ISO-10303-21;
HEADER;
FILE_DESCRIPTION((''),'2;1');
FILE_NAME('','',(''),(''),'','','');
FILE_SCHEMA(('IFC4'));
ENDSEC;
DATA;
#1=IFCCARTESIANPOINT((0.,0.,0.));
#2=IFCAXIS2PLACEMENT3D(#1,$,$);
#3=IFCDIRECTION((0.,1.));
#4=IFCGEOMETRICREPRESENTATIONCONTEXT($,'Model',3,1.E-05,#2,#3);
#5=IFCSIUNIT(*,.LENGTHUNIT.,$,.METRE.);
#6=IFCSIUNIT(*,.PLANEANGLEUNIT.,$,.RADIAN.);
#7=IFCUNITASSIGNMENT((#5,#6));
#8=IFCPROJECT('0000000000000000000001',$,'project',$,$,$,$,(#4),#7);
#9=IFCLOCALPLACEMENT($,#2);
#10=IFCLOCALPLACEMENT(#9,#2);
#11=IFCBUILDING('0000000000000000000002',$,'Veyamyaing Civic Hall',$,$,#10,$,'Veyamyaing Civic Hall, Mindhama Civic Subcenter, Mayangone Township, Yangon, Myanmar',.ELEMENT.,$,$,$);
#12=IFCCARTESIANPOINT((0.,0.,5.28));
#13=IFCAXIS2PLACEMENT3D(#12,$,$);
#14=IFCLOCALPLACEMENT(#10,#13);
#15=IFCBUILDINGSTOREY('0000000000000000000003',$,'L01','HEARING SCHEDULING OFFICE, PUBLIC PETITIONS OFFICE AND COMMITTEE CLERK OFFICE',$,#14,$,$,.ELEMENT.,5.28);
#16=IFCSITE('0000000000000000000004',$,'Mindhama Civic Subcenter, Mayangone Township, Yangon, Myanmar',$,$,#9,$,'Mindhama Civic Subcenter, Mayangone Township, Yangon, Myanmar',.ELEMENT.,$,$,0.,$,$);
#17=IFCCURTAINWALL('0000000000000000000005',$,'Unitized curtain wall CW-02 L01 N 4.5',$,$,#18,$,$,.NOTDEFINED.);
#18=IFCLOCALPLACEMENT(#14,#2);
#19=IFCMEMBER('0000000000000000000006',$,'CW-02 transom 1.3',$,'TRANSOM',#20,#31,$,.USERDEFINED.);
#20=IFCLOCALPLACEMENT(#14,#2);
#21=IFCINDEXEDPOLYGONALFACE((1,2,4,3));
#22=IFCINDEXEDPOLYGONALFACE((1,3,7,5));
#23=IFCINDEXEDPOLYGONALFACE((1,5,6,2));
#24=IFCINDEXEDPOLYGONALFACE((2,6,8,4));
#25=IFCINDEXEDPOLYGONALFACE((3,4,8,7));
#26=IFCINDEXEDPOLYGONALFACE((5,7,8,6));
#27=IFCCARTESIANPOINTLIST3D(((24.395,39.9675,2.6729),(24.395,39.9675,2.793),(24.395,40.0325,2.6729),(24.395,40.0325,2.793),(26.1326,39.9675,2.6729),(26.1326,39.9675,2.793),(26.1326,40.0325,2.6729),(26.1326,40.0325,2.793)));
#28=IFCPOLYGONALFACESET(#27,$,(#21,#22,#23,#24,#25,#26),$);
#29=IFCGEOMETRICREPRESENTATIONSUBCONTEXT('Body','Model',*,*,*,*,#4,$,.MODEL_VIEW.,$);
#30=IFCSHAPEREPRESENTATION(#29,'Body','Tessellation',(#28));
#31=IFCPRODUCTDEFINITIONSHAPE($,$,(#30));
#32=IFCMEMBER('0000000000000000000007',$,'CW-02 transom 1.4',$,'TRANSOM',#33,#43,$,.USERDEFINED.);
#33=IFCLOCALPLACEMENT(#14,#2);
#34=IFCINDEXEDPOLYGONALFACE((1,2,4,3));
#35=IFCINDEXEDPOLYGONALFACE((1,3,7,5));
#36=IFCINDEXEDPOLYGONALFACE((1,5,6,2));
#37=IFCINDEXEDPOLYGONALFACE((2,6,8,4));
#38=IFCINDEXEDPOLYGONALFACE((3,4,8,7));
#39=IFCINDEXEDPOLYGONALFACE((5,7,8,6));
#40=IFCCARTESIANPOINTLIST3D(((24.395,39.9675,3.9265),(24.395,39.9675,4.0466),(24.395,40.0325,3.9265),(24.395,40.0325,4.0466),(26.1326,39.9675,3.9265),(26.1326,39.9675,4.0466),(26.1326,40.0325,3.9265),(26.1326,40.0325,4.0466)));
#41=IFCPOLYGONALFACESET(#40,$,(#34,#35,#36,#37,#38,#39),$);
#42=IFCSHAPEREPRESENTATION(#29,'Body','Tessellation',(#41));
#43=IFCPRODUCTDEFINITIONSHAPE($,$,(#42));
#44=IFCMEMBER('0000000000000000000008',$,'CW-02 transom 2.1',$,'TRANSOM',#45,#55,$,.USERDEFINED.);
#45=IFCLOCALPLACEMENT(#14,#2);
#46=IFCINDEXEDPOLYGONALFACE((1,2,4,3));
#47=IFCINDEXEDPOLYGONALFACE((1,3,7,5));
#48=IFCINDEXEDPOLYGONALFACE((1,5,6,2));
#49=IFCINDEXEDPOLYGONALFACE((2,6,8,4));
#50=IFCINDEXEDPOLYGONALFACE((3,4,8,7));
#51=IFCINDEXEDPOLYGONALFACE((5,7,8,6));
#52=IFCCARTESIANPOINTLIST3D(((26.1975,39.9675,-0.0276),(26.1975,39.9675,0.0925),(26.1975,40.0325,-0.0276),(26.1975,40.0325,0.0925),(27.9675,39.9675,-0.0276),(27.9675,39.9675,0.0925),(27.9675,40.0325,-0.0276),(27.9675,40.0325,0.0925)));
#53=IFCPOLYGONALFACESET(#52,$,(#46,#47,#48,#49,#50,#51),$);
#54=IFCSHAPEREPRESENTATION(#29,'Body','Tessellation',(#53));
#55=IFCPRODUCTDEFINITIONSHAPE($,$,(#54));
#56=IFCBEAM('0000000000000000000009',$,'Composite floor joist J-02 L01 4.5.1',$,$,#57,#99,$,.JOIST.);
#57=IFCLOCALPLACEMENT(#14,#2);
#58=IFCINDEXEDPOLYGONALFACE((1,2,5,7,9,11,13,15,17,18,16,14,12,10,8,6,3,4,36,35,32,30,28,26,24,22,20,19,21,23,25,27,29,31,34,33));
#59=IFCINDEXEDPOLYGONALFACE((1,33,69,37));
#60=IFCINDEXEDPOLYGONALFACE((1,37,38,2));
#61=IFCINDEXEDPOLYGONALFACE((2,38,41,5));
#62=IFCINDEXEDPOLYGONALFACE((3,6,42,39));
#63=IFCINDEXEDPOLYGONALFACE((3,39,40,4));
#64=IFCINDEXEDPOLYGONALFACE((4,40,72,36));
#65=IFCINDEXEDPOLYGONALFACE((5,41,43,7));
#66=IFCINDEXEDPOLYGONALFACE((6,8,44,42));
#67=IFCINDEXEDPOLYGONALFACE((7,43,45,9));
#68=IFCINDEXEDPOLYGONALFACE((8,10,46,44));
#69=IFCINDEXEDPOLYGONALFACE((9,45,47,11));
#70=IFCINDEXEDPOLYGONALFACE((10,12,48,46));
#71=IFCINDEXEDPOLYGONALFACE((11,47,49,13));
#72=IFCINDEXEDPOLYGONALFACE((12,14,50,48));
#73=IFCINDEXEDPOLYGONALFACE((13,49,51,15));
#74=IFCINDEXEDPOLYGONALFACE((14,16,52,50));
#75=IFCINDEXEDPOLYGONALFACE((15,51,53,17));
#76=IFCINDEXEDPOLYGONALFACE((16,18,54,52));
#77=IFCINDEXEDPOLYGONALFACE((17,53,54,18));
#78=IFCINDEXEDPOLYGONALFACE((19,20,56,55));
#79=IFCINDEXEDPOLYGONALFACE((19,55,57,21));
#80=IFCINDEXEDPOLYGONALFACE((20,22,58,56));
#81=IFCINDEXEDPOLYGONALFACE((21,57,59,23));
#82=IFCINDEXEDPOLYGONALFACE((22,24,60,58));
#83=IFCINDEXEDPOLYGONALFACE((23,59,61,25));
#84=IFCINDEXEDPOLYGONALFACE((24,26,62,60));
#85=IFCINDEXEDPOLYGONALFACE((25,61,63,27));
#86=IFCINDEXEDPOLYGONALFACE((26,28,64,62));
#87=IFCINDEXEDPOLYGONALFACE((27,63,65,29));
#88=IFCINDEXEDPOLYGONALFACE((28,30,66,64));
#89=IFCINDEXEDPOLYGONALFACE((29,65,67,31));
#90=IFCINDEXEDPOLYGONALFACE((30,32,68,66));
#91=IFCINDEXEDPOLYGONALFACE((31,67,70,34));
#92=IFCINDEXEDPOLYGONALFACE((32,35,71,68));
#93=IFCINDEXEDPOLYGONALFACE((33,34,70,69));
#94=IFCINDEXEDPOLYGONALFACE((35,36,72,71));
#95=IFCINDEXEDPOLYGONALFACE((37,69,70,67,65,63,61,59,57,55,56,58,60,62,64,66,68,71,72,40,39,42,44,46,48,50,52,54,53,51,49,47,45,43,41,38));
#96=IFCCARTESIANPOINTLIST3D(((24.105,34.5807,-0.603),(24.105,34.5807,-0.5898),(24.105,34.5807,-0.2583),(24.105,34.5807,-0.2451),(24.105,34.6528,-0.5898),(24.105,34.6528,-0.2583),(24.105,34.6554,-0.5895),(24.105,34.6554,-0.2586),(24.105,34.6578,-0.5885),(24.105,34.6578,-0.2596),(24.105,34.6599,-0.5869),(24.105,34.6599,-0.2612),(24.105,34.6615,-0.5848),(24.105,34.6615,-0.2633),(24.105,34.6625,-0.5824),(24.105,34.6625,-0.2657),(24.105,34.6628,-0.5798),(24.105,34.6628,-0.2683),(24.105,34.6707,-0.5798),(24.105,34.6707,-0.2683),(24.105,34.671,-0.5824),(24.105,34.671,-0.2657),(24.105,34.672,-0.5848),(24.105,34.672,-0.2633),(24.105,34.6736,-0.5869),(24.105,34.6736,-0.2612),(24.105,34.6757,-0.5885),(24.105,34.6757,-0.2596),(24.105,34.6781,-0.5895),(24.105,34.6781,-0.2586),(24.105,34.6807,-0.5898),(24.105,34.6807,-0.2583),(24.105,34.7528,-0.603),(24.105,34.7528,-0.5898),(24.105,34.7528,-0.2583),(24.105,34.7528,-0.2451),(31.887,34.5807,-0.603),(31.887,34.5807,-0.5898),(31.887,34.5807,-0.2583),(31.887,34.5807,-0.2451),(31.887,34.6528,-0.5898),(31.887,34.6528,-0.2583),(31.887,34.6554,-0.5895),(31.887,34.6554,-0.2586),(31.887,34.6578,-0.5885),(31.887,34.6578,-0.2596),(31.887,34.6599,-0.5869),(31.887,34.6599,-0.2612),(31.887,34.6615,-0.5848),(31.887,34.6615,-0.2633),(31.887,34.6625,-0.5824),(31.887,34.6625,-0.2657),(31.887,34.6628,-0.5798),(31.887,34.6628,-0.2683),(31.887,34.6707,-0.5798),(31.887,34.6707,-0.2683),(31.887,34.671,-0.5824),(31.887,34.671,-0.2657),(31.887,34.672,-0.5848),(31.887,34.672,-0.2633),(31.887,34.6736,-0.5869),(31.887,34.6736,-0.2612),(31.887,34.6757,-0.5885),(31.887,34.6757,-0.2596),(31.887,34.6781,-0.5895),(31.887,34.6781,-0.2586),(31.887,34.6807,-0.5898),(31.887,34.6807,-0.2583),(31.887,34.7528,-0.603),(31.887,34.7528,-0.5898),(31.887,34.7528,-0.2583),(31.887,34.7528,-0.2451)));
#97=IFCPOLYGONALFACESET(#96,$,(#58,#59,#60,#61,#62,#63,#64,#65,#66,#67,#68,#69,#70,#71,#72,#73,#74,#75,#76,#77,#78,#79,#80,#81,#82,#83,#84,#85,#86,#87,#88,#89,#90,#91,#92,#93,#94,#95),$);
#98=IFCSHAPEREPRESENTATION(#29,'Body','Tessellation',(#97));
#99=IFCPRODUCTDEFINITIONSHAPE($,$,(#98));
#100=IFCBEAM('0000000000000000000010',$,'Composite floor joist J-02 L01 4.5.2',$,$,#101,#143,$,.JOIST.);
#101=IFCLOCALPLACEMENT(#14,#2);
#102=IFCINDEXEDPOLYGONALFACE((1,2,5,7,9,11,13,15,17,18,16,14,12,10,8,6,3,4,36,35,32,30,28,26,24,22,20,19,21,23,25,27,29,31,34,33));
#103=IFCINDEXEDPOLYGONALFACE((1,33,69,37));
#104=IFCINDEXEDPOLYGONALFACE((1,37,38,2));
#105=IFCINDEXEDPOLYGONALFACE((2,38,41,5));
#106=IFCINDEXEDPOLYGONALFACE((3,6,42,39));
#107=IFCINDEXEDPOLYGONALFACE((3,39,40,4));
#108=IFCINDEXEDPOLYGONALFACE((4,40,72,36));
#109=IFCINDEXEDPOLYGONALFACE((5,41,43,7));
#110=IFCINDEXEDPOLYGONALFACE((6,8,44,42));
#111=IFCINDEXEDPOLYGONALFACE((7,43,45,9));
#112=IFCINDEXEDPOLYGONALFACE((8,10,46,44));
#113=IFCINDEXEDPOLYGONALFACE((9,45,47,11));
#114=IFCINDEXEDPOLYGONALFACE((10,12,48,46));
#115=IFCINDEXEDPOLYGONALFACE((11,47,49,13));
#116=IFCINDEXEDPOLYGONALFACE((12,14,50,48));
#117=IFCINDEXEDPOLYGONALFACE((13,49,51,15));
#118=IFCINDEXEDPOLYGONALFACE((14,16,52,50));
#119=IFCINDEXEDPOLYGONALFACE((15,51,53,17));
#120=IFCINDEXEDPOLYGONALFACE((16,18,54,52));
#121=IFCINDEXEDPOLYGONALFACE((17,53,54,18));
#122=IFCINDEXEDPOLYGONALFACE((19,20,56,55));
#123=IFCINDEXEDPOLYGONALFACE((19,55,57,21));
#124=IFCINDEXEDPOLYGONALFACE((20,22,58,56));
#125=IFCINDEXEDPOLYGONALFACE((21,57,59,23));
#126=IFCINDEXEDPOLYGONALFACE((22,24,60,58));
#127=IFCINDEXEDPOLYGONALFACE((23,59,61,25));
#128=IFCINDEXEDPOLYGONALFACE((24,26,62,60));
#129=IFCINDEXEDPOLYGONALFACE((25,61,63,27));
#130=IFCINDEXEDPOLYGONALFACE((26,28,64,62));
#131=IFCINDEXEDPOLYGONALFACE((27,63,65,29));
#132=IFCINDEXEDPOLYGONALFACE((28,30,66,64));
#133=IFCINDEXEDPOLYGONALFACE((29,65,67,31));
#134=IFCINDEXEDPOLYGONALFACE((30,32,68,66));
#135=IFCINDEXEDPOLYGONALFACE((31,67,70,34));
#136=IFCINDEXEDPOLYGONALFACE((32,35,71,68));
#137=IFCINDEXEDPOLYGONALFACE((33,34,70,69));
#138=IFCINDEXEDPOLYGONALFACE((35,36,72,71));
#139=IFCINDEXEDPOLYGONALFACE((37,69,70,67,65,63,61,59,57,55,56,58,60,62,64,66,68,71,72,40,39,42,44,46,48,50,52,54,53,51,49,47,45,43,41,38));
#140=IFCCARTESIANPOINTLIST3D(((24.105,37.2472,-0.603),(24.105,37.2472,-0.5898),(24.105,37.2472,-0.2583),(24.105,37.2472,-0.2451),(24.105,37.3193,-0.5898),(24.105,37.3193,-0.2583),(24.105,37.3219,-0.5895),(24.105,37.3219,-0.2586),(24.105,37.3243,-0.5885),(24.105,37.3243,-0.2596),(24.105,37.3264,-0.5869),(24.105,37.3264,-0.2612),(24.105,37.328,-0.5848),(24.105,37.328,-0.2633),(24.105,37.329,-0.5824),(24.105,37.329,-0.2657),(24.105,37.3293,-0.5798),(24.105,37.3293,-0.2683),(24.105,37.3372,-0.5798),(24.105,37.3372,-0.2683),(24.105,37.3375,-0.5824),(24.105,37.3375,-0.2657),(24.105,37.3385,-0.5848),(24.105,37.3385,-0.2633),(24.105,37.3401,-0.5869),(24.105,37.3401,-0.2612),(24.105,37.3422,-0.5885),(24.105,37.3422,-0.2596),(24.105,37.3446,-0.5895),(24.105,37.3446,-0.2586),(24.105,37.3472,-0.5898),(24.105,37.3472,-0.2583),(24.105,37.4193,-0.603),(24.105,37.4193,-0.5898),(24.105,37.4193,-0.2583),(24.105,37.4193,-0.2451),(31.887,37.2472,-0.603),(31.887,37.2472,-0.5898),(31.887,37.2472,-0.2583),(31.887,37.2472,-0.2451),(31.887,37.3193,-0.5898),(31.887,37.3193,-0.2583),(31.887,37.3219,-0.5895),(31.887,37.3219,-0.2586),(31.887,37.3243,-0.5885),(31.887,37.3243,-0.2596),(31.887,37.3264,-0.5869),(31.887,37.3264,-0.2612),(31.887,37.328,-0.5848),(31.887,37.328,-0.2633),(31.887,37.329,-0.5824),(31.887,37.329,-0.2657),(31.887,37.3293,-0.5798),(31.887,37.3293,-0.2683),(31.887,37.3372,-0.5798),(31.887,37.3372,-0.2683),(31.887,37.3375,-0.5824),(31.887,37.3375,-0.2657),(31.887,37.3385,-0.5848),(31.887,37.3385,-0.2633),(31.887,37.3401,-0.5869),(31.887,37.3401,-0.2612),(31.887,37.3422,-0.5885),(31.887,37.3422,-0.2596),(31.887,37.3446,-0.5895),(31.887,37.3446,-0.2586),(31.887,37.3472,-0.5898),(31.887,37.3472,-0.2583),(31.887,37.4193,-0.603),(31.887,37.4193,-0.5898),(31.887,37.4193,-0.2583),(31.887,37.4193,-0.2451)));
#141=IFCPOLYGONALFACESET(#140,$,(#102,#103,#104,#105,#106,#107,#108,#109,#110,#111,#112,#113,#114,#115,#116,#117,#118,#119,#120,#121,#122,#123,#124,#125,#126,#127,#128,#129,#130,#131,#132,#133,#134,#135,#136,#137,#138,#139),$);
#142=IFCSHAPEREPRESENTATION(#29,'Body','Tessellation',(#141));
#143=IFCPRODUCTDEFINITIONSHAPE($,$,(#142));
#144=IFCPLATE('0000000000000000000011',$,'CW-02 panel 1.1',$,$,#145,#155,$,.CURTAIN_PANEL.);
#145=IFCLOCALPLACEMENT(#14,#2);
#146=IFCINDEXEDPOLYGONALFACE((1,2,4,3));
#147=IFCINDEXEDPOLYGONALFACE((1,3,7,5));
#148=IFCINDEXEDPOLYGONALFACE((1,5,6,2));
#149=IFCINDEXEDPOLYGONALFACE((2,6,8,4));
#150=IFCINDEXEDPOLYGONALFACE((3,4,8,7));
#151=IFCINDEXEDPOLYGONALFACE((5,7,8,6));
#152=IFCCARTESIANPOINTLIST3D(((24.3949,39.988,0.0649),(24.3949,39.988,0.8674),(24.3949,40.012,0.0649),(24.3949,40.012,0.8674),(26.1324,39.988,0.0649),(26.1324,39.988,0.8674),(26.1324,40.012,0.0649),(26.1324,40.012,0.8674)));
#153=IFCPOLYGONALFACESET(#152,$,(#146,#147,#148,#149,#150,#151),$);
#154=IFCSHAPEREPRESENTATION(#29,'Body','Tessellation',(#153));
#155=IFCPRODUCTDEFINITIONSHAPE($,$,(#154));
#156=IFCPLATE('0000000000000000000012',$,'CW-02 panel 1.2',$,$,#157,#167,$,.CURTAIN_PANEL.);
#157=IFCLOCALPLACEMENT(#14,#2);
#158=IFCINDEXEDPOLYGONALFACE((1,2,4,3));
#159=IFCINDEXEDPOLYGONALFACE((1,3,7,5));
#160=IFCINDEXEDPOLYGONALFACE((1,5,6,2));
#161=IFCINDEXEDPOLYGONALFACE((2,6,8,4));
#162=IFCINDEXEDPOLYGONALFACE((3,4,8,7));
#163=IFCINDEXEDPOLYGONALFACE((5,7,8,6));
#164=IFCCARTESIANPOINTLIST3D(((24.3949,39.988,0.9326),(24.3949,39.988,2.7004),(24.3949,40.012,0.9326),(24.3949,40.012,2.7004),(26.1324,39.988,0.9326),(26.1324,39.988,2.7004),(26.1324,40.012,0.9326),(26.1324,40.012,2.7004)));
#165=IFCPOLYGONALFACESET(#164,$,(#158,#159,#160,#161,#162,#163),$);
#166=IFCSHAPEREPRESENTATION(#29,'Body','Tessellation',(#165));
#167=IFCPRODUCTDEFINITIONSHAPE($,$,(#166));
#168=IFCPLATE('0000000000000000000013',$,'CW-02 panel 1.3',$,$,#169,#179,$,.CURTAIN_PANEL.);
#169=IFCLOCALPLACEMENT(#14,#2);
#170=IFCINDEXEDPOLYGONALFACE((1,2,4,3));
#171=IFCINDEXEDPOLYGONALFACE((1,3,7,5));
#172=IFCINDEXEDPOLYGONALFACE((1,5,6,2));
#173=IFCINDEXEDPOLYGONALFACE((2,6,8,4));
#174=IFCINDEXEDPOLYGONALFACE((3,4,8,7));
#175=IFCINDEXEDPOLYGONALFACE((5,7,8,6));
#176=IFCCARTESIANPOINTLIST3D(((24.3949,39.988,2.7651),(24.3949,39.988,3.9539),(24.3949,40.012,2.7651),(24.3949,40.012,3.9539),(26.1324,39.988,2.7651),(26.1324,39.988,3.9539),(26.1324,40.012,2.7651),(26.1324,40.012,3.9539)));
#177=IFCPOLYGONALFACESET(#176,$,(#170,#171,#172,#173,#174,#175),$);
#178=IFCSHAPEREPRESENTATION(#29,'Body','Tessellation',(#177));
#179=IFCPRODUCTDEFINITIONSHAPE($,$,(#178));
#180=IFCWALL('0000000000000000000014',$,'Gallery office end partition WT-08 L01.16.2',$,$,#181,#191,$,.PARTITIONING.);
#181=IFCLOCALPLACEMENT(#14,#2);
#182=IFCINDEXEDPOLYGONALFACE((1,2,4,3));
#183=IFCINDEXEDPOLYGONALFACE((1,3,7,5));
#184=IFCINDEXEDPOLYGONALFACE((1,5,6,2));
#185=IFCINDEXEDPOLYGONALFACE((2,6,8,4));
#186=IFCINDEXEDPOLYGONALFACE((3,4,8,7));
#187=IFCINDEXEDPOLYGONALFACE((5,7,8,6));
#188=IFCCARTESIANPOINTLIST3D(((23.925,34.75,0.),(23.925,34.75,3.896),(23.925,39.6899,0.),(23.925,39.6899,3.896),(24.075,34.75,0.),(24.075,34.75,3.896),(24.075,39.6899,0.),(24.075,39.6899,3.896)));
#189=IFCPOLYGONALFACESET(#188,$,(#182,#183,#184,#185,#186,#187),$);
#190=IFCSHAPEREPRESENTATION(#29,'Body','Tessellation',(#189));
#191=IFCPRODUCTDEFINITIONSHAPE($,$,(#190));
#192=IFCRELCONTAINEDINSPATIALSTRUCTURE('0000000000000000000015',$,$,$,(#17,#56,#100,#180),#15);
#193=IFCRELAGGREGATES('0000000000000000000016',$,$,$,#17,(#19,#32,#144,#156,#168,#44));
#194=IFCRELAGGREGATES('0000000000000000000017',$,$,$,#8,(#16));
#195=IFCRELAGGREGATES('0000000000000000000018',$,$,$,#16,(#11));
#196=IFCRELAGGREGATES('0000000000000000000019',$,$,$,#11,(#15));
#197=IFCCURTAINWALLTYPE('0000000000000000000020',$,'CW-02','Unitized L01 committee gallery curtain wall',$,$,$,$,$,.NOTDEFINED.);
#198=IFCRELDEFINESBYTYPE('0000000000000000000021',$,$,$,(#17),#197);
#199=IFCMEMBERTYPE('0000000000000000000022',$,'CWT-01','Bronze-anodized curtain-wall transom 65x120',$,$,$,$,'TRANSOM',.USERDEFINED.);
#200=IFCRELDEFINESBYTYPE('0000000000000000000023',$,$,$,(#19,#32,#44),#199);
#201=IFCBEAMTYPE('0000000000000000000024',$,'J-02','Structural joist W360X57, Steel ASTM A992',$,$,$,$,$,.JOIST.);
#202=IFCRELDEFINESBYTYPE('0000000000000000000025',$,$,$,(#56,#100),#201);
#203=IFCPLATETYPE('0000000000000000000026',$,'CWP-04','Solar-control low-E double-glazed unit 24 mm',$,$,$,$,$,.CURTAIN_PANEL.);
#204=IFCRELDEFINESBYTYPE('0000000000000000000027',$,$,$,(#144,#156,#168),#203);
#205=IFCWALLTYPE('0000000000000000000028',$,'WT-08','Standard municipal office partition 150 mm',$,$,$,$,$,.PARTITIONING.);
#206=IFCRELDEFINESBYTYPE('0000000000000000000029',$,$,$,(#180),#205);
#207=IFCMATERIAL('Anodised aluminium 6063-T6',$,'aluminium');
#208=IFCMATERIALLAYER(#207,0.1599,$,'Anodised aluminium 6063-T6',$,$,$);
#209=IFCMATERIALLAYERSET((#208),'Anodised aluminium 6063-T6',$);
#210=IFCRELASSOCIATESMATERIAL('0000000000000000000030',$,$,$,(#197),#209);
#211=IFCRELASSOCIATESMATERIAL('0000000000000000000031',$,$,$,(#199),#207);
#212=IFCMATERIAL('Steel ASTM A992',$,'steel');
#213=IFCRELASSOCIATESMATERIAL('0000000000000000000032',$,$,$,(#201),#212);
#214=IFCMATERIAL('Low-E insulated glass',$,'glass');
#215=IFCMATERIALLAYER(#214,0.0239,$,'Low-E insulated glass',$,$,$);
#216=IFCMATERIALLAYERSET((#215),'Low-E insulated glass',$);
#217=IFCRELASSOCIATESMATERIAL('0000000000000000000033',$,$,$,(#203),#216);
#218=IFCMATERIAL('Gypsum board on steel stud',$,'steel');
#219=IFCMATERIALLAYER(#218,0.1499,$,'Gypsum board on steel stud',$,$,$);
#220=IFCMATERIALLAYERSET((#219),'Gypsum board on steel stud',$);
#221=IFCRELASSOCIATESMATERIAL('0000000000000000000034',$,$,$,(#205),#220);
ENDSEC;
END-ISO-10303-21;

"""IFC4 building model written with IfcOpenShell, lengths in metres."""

from ifc_helpers import new_model, si_unit, direction, frame, frame_2d, origin, origin_2d, place, context, subcontext, project, spatial, rectangle, i_section, extrude, material, layer, layer_set, material_profile, profile_set, type_object, element, aggregate, save


model = new_model("IFC4")

# Units and contexts
model_context = context("Model", 3, precision=1e-05, world=origin(), true_north=direction((0.0, 1.0)))
body_context = subcontext(model_context, "Body", "Model", "MODEL_VIEW")
ifc_project = project(units=[si_unit("LENGTHUNIT", "METRE"), si_unit("PLANEANGLEUNIT", "RADIAN")], contexts=[model_context])

# Site, building, storey
site_placement = place(None, origin())
site = spatial("IfcSite", under=ifc_project, at=site_placement, Name="Mindhama Civic Subcenter, Mayangone Township, Yangon, Myanmar", LongName="Mindhama Civic Subcenter, Mayangone Township, Yangon, Myanmar", CompositionType="ELEMENT", RefElevation=0.0)
building_placement = place(site_placement, origin())
building = spatial("IfcBuilding", under=site, at=building_placement, Name="Veyamyaing Civic Hall", LongName="Veyamyaing Civic Hall, Mindhama Civic Subcenter, Mayangone Township, Yangon, Myanmar", CompositionType="ELEMENT")
storey_placement = place(building_placement, frame((0.0, 0.0, 5.28)))
storey = spatial("IfcBuildingStorey", under=building, at=storey_placement, Name="L01", Description="HEARING SCHEDULING OFFICE, PUBLIC PETITIONS OFFICE AND COMMITTEE CLERK OFFICE", CompositionType="ELEMENT", Elevation=5.28)

# Shared definitions
ifc_material_1 = material(Name="Steel ASTM A992", Category="steel")

# Curtain wall
ifc_material_2 = material(Name="Anodised aluminium 6063-T6", Category="aluminium")
ifc_layer_1 = layer(ifc_material_2, 0.1599, Name="Anodised aluminium 6063-T6")
ifc_layer_set_1 = layer_set([ifc_layer_1], Name="Anodised aluminium 6063-T6")
curtain_wall_type = type_object("IfcCurtainWallType", Name="CW-02", Description="Unitized L01 committee gallery curtain wall", PredefinedType="NOTDEFINED", material=ifc_layer_set_1)
curtain_wall_1_placement = place(storey_placement, origin())
curtain_wall_1 = element("IfcCurtainWall", 1, at=curtain_wall_1_placement, inside=storey, type_object=curtain_wall_type, Name="Unitized curtain wall CW-02 L01 N 4.5", PredefinedType="NOTDEFINED")

# Shared definitions
ifc_material_profile_1 = material_profile(ifc_material_2, rectangle(XDim=0.0649, YDim=0.1201, at=origin_2d()), Name="ALU-TRN-65X120")
ifc_profile_set_1 = profile_set([ifc_material_profile_1], Name="Anodised aluminium 6063-T6")
member_type_1 = type_object("IfcMemberType", Name="CWT-01", Description="Bronze-anodized curtain-wall transom 65x120", ElementType="TRANSOM", PredefinedType="USERDEFINED", material=ifc_profile_set_1)

# Members
member_1_placement = place(storey_placement, frame((24.395, 40.0, 2.7329), z_axis=(1.0, 0.0, 0.0), x_axis=(0.0, 1.0, 0.0)))
member_1 = element("IfcMember", 2, at=member_1_placement, type_object=member_type_1, Name="CW-02 transom 1.3", ObjectType="TRANSOM", PredefinedType="USERDEFINED", context=body_context, shape_type="SweptSolid", body=[
    extrude(rectangle(XDim=0.0649, YDim=0.1201, at=origin_2d()), origin(), (0.0, 0.0, 1.0), 1.7375),
])
member_2_placement = place(storey_placement, frame((24.395, 40.0, 3.9866), z_axis=(1.0, 0.0, 0.0), x_axis=(0.0, 1.0, 0.0)))
member_2 = element("IfcMember", 3, at=member_2_placement, type_object=member_type_1, Name="CW-02 transom 1.4", ObjectType="TRANSOM", PredefinedType="USERDEFINED", context=body_context, shape_type="SweptSolid", body=[
    extrude(rectangle(XDim=0.0649, YDim=0.1201, at=origin_2d()), origin(), (0.0, 0.0, 1.0), 1.7375),
])
member_3_placement = place(storey_placement, frame((26.1975, 40.0, 0.0325), z_axis=(1.0, 0.0, 0.0), x_axis=(0.0, 1.0, 0.0)))
member_3 = element("IfcMember", 4, at=member_3_placement, type_object=member_type_1, Name="CW-02 transom 2.1", ObjectType="TRANSOM", PredefinedType="USERDEFINED", context=body_context, shape_type="SweptSolid", body=[
    extrude(rectangle(XDim=0.0649, YDim=0.1201, at=origin_2d()), origin(), (0.0, 0.0, 1.0), 1.77),
])

# Beams
ifc_material_profile_2 = material_profile(ifc_material_1, i_section(OverallWidth=0.1721, OverallDepth=0.3579, WebThickness=0.0078, FlangeThickness=0.0132, FilletRadius=0.01, at=origin_2d()), Name="W360X57")
ifc_profile_set_2 = profile_set([ifc_material_profile_2], Name="Steel ASTM A992")
beam_type_1 = type_object("IfcBeamType", Name="J-02", Description="Structural joist W360X57, Steel ASTM A992", PredefinedType="JOIST", material=ifc_profile_set_2)
for number, where, z_axis, x_axis, name in (
    (5, (24.105, 34.6667, -0.4241), (1.0, 0.0, 0.0), (0.0, 1.0, 0.0), "Composite floor joist J-02 L01 4.5.1"),
    (6, (24.105, 37.3333, -0.4241), (1.0, 0.0, 0.0), (0.0, 1.0, 0.0), "Composite floor joist J-02 L01 4.5.2"),
):
    element("IfcBeam", number, at=place(storey_placement, frame(where, z_axis=z_axis, x_axis=x_axis)), inside=storey, type_object=beam_type_1, Name=name, PredefinedType="JOIST", context=body_context, shape_type="SweptSolid", body=[
        extrude(i_section(OverallWidth=0.1721, OverallDepth=0.3579, WebThickness=0.0078, FlangeThickness=0.0132, FilletRadius=0.01, at=origin_2d()), origin(), (0.0, 0.0, 1.0), 7.782),
    ])

# Plates
ifc_material_3 = material(Name="Low-E insulated glass", Category="glass")
ifc_layer_2 = layer(ifc_material_3, 0.0239, Name="Low-E insulated glass")
ifc_layer_set_2 = layer_set([ifc_layer_2], Name="Low-E insulated glass")
plate_type = type_object("IfcPlateType", Name="CWP-04", Description="Solar-control low-E double-glazed unit 24 mm", PredefinedType="CURTAIN_PANEL", material=ifc_layer_set_2)
plate_1_placement = place(storey_placement, frame((25.2637, 40.0, 0.0649), z_axis=(0.0, 0.0, 1.0), x_axis=(1.0, 0.0, 0.0)))
plate_1 = element("IfcPlate", 7, at=plate_1_placement, type_object=plate_type, Name="CW-02 panel 1.1", PredefinedType="CURTAIN_PANEL", context=body_context, shape_type="SweptSolid", body=[
    extrude(rectangle(XDim=1.7375, YDim=0.0239, at=origin_2d()), origin(), (0.0, 0.0, 1.0), 0.8025),
])
plate_2_placement = place(storey_placement, frame((25.2637, 40.0, 0.9326), z_axis=(0.0, 0.0, 1.0), x_axis=(1.0, 0.0, 0.0)))
plate_2 = element("IfcPlate", 8, at=plate_2_placement, type_object=plate_type, Name="CW-02 panel 1.2", PredefinedType="CURTAIN_PANEL", context=body_context, shape_type="SweptSolid", body=[
    extrude(rectangle(XDim=1.7375, YDim=0.0239, at=origin_2d()), origin(), (0.0, 0.0, 1.0), 1.7678),
])
plate_3_placement = place(storey_placement, frame((25.2637, 40.0, 2.7651), z_axis=(0.0, 0.0, 1.0), x_axis=(1.0, 0.0, 0.0)))
plate_3 = element("IfcPlate", 9, at=plate_3_placement, type_object=plate_type, Name="CW-02 panel 1.3", PredefinedType="CURTAIN_PANEL", context=body_context, shape_type="SweptSolid", body=[
    extrude(rectangle(XDim=1.7375, YDim=0.0239, at=origin_2d()), origin(), (0.0, 0.0, 1.0), 1.1887),
])
aggregate(curtain_wall_1, [member_1, member_2, plate_1, plate_2, plate_3, member_3])

# Wall
ifc_material_4 = material(Name="Gypsum board on steel stud", Category="steel")
ifc_layer_3 = layer(ifc_material_4, 0.1499, Name="Gypsum board on steel stud")
ifc_layer_set_3 = layer_set([ifc_layer_3], Name="Gypsum board on steel stud")
wall_type_1 = type_object("IfcWallType", Name="WT-08", Description="Standard municipal office partition 150 mm", PredefinedType="PARTITIONING", material=ifc_layer_set_3)
wall_1_placement = place(storey_placement, frame((24.0, 34.75, 0.0), z_axis=(0.0, 0.0, 1.0), x_axis=(0.0, 1.0, 0.0)))
element("IfcWall", 10, at=wall_1_placement, inside=storey, type_object=wall_type_1, Name="Gallery office end partition WT-08 L01.16.2", PredefinedType="PARTITIONING", context=body_context, shape_type="SweptSolid", body=[
    extrude(rectangle(XDim=4.9399, YDim=0.1499, at=frame_2d((2.47, 0.0))), origin(), (0.0, 0.0, 1.0), 3.896),
])

save(model, "model.ifc")
